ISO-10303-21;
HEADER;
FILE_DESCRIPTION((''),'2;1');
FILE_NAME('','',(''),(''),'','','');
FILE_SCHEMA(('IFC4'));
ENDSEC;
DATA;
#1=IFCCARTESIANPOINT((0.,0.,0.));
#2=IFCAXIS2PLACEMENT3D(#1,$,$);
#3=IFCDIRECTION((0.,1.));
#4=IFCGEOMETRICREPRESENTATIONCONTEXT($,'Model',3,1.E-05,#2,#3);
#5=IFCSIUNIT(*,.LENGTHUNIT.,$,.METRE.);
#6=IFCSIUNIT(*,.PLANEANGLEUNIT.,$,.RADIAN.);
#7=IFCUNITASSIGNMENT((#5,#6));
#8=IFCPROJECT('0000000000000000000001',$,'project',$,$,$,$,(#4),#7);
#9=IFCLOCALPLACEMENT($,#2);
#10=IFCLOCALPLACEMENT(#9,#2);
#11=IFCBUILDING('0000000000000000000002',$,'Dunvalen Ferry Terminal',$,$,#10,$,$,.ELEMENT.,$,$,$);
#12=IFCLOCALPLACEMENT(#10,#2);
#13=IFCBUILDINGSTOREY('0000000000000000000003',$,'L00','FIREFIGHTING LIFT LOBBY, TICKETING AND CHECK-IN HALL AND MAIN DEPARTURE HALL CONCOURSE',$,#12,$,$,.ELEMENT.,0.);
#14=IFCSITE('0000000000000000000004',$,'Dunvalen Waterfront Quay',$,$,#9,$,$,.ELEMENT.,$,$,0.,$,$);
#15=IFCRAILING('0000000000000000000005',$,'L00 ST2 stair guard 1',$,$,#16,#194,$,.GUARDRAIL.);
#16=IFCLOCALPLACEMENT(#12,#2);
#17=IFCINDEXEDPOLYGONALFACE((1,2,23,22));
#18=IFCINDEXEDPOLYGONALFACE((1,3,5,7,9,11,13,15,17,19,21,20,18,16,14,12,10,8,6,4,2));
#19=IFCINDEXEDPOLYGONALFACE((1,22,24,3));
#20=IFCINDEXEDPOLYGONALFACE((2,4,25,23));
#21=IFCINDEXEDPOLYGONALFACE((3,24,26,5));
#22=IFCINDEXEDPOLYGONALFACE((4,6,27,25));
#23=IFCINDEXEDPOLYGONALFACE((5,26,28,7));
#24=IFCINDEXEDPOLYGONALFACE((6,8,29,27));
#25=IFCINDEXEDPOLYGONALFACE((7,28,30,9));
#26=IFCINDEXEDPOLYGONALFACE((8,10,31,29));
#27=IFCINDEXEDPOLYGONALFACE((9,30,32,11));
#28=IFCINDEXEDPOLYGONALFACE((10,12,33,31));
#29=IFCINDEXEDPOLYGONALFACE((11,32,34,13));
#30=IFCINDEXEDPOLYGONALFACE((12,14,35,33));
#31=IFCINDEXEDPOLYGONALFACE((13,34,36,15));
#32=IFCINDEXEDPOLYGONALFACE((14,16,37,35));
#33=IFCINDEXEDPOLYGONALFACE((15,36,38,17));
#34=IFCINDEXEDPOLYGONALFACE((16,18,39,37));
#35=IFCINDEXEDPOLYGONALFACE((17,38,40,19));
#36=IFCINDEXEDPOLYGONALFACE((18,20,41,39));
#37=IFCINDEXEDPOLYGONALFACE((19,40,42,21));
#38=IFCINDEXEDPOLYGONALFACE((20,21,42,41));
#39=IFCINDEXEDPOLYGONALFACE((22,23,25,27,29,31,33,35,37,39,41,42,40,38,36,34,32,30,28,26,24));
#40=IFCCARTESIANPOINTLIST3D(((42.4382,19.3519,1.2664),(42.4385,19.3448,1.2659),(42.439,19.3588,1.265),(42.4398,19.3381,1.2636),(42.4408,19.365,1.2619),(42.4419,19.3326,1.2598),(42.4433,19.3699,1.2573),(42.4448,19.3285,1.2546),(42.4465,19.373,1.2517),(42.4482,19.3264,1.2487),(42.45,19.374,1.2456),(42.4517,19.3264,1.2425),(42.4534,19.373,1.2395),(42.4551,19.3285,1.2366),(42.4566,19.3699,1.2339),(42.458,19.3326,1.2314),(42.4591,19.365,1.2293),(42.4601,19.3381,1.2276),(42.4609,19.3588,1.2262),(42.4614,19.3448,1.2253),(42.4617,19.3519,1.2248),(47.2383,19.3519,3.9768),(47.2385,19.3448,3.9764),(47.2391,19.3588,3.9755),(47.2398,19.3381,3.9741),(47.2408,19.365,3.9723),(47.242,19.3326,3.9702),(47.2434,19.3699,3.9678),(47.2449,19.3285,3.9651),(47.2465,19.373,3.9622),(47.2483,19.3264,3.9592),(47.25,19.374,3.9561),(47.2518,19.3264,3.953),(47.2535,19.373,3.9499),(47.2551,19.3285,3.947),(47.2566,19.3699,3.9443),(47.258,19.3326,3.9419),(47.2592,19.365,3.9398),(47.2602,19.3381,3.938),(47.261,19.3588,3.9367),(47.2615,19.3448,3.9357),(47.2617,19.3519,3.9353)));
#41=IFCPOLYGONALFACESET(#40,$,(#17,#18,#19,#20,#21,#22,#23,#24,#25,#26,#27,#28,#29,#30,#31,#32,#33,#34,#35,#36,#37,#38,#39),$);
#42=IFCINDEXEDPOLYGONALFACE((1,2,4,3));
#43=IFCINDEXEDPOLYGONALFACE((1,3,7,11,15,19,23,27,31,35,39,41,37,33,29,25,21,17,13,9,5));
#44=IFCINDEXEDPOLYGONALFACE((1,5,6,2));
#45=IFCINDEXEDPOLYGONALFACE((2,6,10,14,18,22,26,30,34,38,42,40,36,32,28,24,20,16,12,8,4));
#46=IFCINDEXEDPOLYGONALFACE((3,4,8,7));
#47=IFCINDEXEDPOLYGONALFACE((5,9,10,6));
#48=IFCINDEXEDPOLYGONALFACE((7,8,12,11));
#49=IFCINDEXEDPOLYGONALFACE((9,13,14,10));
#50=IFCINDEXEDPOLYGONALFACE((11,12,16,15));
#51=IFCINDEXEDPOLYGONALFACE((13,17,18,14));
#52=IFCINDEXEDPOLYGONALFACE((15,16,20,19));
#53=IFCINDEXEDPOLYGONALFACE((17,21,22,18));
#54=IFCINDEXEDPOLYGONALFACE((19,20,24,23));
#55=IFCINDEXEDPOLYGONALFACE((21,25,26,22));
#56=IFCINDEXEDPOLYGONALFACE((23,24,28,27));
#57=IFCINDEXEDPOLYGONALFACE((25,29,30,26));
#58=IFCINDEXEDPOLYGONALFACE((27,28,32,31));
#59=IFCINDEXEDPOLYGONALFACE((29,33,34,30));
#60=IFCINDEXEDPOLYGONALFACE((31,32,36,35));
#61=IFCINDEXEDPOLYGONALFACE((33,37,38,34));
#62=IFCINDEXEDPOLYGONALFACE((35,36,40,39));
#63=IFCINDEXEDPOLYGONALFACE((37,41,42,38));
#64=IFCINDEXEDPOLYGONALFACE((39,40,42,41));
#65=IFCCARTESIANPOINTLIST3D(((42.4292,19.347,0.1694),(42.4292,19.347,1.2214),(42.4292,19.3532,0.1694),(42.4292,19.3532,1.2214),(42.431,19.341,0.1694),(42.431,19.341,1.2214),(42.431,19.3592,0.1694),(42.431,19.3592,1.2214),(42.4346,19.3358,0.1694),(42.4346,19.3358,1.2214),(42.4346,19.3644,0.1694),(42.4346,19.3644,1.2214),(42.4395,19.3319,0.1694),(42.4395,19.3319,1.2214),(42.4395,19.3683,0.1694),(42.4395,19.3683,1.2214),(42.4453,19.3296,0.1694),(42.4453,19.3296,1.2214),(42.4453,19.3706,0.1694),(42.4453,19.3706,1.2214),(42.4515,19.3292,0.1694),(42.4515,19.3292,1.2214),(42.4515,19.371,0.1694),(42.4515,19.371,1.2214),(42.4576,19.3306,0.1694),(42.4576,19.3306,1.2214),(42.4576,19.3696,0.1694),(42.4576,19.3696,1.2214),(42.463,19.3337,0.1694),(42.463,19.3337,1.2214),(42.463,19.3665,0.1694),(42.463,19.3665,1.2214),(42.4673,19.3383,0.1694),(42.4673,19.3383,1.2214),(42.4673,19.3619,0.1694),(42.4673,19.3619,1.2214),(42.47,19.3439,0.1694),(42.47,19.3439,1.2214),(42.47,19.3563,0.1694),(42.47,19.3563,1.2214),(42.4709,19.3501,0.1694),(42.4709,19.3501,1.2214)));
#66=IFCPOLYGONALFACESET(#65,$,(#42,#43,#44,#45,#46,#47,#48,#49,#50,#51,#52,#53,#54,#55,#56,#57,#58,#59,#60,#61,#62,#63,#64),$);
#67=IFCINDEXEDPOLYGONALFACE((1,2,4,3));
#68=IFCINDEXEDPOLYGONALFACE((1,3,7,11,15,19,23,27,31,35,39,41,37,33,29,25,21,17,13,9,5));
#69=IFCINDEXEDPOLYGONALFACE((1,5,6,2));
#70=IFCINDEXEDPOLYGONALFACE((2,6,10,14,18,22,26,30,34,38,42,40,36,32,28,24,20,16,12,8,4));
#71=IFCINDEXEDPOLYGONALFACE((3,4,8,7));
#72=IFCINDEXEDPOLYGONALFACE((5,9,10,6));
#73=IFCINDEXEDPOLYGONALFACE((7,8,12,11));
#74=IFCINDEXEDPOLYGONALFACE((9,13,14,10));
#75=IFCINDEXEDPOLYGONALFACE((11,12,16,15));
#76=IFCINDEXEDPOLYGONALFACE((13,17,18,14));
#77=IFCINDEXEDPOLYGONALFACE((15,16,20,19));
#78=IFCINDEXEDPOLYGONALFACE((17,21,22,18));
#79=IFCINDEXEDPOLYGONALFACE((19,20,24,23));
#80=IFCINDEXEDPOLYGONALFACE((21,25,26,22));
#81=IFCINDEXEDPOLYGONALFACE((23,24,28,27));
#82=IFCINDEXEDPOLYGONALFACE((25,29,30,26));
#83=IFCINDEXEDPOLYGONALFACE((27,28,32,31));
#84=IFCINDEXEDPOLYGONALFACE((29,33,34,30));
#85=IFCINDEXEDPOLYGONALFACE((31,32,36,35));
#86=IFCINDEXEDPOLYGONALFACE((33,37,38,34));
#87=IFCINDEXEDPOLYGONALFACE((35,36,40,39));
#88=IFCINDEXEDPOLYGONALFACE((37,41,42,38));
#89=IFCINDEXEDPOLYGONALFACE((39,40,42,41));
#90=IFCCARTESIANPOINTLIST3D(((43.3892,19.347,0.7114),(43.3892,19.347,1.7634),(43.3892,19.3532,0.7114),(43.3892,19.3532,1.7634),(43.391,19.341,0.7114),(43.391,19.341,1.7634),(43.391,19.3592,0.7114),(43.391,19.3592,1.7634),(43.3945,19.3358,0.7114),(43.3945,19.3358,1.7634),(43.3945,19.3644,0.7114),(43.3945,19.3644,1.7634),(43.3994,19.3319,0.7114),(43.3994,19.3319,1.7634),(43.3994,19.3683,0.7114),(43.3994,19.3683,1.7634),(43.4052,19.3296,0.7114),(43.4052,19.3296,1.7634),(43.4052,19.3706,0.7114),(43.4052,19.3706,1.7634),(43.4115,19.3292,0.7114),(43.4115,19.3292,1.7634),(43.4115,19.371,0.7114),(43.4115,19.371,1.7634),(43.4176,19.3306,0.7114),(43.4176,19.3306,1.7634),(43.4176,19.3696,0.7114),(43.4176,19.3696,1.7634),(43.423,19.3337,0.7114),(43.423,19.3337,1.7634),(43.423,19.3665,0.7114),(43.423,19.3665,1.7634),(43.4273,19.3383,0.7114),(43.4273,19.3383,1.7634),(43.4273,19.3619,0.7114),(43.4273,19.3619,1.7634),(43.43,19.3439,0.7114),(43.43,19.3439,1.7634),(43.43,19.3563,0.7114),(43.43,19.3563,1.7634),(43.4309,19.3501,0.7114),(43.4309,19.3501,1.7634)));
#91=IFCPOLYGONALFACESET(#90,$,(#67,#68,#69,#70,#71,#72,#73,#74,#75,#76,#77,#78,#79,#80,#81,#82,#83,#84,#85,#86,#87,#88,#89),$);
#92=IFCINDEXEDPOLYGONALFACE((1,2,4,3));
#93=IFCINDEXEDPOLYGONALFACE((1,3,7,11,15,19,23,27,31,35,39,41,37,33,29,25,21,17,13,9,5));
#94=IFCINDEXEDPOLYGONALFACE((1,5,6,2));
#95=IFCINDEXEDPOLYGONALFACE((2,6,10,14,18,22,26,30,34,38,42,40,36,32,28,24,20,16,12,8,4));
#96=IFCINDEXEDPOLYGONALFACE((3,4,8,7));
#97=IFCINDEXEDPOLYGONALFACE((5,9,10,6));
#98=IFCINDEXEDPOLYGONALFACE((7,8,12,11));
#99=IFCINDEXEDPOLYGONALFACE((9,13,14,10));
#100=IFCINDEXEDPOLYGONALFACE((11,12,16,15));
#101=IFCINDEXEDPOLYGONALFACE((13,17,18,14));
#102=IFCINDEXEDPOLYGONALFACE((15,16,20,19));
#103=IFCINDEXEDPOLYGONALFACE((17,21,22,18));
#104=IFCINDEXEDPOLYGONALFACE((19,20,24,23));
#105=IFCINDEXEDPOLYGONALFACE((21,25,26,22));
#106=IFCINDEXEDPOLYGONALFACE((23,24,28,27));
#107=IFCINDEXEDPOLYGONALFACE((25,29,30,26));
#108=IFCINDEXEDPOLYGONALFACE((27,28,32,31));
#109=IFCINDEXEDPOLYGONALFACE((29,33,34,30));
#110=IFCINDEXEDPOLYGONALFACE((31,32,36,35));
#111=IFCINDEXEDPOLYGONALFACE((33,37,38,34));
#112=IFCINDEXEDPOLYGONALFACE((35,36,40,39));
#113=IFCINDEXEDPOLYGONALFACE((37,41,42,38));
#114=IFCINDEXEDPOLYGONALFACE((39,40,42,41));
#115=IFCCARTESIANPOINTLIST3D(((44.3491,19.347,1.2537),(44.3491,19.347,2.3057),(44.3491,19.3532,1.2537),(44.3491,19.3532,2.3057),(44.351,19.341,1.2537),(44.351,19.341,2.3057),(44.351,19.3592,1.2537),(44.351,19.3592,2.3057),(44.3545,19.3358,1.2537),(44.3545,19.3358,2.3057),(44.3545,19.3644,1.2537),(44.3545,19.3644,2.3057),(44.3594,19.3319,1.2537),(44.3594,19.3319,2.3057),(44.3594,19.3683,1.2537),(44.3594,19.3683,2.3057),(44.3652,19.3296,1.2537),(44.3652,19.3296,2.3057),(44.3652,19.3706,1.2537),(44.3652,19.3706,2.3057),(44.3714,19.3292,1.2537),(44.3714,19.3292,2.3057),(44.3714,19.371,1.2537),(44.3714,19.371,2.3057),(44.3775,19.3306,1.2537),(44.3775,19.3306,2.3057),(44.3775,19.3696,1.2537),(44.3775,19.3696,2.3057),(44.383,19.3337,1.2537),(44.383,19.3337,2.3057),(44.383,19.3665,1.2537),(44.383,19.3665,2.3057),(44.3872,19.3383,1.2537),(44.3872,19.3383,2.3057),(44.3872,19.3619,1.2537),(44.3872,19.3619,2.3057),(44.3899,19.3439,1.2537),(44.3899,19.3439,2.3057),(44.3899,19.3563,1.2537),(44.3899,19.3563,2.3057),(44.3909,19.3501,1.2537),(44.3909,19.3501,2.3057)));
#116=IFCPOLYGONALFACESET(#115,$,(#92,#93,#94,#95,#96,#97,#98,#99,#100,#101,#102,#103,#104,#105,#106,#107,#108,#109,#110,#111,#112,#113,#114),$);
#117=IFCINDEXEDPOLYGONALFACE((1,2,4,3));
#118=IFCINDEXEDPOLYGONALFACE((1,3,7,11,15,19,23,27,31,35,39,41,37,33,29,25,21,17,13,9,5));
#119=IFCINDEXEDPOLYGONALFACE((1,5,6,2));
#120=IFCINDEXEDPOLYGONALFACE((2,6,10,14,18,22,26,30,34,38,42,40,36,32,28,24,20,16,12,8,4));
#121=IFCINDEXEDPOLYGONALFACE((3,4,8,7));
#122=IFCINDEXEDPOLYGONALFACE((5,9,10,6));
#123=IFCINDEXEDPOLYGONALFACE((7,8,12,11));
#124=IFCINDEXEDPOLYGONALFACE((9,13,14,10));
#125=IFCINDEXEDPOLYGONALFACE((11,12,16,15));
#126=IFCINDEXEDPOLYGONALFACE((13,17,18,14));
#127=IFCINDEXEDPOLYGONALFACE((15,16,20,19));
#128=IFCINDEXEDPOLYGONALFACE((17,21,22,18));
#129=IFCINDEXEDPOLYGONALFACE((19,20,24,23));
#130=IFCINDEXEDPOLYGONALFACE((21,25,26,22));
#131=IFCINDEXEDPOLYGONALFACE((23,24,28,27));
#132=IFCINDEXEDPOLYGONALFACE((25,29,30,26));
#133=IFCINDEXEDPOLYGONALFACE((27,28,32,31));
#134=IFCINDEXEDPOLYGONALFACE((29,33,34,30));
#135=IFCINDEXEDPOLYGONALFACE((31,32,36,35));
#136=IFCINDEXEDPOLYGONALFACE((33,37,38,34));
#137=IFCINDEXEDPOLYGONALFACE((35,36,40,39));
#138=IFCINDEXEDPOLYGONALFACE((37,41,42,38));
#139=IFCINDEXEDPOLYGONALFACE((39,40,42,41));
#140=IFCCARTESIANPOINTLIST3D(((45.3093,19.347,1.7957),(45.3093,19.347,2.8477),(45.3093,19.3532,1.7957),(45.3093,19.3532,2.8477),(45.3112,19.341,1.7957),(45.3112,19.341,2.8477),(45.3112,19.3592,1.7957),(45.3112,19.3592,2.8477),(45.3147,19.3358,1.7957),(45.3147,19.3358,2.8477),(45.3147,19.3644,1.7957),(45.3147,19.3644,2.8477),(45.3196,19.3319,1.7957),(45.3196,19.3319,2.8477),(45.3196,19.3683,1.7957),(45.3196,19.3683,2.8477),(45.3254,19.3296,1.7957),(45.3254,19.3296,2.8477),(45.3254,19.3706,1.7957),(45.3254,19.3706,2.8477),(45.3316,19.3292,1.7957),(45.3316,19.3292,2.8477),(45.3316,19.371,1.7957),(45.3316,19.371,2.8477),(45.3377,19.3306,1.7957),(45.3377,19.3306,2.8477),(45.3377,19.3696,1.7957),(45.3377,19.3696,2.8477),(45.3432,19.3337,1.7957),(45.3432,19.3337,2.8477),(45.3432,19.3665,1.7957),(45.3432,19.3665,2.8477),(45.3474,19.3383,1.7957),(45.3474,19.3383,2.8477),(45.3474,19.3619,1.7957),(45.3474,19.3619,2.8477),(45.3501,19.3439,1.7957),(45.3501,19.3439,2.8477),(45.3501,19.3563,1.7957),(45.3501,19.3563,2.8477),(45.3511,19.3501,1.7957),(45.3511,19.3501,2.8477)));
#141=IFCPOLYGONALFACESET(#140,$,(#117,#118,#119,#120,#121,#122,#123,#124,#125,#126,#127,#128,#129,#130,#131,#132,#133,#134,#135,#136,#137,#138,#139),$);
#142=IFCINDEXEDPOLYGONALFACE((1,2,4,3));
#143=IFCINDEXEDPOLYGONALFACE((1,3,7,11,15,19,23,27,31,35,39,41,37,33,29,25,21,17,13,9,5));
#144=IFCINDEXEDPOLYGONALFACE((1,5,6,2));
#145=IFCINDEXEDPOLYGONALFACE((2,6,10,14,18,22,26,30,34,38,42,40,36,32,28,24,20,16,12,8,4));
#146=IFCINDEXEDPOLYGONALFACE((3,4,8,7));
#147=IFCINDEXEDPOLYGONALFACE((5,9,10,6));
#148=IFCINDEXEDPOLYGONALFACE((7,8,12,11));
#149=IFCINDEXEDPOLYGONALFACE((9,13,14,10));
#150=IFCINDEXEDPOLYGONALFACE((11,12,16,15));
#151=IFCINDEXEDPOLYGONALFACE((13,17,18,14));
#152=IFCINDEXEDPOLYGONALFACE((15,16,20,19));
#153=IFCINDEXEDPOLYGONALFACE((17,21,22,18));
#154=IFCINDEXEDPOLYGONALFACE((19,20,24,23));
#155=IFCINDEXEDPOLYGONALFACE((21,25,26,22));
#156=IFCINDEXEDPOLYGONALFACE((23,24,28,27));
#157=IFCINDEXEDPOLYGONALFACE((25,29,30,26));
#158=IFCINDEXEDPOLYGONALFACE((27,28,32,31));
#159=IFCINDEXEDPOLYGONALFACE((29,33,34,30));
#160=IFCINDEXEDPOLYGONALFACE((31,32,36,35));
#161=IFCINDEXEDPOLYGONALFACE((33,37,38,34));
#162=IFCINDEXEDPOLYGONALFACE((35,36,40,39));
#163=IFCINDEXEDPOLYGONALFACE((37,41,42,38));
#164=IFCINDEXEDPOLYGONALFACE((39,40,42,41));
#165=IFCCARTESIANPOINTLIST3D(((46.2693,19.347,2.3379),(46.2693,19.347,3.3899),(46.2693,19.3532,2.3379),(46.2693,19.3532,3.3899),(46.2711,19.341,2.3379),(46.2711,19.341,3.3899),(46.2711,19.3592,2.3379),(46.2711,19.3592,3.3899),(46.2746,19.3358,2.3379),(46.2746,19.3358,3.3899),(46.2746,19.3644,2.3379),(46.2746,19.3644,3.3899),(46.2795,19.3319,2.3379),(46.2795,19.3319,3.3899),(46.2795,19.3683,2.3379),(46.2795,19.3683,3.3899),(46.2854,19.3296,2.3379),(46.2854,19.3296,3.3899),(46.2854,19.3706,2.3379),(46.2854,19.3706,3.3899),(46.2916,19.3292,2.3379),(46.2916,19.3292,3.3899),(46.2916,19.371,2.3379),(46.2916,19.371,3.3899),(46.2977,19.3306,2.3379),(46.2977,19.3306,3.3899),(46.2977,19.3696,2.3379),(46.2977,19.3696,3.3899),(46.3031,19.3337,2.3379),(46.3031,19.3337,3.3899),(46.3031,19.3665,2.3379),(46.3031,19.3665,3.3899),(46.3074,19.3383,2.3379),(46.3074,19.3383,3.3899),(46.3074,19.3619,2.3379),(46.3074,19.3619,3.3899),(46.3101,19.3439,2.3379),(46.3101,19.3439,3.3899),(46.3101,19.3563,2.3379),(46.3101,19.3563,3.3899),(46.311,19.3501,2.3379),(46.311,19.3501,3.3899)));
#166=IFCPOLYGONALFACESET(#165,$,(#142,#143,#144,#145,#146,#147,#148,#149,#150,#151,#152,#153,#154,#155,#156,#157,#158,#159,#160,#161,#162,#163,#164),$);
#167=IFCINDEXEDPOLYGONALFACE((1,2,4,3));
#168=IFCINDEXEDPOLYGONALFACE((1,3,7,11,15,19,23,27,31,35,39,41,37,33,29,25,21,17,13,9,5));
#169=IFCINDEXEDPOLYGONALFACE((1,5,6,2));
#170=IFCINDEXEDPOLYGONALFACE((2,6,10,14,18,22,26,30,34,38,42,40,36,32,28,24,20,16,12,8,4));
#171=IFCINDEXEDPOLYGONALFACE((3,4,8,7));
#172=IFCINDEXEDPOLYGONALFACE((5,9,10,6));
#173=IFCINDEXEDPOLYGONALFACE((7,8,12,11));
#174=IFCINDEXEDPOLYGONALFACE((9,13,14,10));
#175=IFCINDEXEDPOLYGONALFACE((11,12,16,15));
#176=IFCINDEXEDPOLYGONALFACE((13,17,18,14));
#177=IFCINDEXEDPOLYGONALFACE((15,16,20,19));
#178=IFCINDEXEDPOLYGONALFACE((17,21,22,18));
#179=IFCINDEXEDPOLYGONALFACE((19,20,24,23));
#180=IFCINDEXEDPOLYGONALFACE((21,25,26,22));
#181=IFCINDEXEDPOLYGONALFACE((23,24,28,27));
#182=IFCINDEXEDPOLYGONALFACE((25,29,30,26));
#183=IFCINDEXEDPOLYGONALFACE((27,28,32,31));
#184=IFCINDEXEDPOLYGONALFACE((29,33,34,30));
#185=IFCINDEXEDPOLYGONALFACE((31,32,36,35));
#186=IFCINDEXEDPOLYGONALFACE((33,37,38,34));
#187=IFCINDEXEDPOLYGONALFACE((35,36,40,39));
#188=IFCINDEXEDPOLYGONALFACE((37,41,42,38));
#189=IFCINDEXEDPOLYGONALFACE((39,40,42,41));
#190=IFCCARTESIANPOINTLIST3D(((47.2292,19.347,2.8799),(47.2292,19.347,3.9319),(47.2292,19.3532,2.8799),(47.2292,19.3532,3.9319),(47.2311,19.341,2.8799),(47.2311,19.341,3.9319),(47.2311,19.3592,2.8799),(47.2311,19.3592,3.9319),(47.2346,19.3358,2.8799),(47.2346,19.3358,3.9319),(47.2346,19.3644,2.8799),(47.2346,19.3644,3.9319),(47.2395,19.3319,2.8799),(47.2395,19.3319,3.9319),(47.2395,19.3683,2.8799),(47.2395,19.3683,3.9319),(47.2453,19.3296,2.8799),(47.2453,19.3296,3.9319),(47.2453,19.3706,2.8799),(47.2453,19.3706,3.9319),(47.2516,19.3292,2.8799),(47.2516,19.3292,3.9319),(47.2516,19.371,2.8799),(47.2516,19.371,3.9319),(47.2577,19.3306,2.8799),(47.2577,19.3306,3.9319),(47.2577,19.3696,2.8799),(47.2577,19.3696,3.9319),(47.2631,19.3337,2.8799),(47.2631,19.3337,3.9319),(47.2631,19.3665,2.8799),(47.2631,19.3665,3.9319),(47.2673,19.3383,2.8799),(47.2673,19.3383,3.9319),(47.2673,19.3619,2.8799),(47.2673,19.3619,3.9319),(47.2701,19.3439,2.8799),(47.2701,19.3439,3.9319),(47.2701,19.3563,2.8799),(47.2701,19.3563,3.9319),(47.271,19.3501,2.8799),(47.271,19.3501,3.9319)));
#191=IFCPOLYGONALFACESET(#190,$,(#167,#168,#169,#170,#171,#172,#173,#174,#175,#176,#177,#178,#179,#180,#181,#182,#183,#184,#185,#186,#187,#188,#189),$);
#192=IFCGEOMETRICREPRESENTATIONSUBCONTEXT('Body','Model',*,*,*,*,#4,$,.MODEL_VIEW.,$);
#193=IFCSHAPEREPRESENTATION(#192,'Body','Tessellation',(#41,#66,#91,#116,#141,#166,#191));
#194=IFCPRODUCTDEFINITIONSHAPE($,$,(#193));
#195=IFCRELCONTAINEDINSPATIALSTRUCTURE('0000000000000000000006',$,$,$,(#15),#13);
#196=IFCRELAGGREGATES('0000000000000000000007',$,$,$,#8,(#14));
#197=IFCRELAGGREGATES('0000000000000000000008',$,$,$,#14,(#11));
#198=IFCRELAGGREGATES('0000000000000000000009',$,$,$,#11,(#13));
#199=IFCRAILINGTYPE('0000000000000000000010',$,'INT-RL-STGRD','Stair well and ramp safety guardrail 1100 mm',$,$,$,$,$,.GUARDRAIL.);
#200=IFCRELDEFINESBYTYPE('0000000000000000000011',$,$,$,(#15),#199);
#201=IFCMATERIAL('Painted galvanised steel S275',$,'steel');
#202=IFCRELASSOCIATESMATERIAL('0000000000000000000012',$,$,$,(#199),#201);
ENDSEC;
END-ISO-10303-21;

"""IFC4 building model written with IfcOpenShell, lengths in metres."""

from ifc_helpers import new_model, si_unit, direction, frame, origin, origin_2d, place, context, subcontext, project, spatial, circle, extrude, material, type_object, element, save


model = new_model("IFC4")

# Units and contexts
model_context = context("Model", 3, precision=1e-05, world=origin(), true_north=direction((0.0, 1.0)))
body_context = subcontext(model_context, "Body", "Model", "MODEL_VIEW")
ifc_project = project(units=[si_unit("LENGTHUNIT", "METRE"), si_unit("PLANEANGLEUNIT", "RADIAN")], contexts=[model_context])

# Site, building, storey
site_placement = place(None, origin())
site = spatial("IfcSite", under=ifc_project, at=site_placement, Name="Dunvalen Waterfront Quay", CompositionType="ELEMENT", RefElevation=0.0)
building_placement = place(site_placement, origin())
building = spatial("IfcBuilding", under=site, at=building_placement, Name="Dunvalen Ferry Terminal", CompositionType="ELEMENT")
storey_placement = place(building_placement, origin())
storey = spatial("IfcBuildingStorey", under=building, at=storey_placement, Name="L00", Description="FIREFIGHTING LIFT LOBBY, TICKETING AND CHECK-IN HALL AND MAIN DEPARTURE HALL CONCOURSE", CompositionType="ELEMENT", Elevation=0.0)

# Railing
ifc_material_1 = material(Name="Painted galvanised steel S275", Category="steel")
railing_type_1 = type_object("IfcRailingType", Name="INT-RL-STGRD", Description="Stair well and ramp safety guardrail 1100 mm", PredefinedType="GUARDRAIL", material=ifc_material_1)
railing_1_placement = place(storey_placement, frame((42.45, 19.3501, 0.1694)))
element("IfcRailing", 1, at=railing_1_placement, inside=storey, type_object=railing_type_1, Name="L00 ST2 stair guard 1", PredefinedType="GUARDRAIL", context=body_context, shape_type="SweptSolid", body=[
    extrude(circle(Radius=0.0239, at=origin_2d()), frame((0.0, 0.0, 1.0762), z_axis=(0.870767, 0.0, 0.491697), x_axis=(0.0, 1.0, 0.0)), (0.0, 0.0, 1.0), 5.5125),
    extrude(circle(Radius=0.021, at=origin_2d()), origin(), (0.0, 0.0, 1.0), 1.052),
    extrude(circle(Radius=0.021, at=origin_2d()), frame((0.96, 0.0, 0.542)), (0.0, 0.0, 1.0), 1.052),
    extrude(circle(Radius=0.021, at=origin_2d()), frame((1.9199, 0.0, 1.0842)), (0.0, 0.0, 1.0), 1.052),
    extrude(circle(Radius=0.021, at=origin_2d()), frame((2.8801, 0.0, 1.6262)), (0.0, 0.0, 1.0), 1.052),
    extrude(circle(Radius=0.021, at=origin_2d()), frame((3.8401, 0.0, 2.1685)), (0.0, 0.0, 1.0), 1.052),
    extrude(circle(Radius=0.021, at=origin_2d()), frame((4.8, 0.0, 2.7104)), (0.0, 0.0, 1.0), 1.052),
])

save(model, "model.ifc")
